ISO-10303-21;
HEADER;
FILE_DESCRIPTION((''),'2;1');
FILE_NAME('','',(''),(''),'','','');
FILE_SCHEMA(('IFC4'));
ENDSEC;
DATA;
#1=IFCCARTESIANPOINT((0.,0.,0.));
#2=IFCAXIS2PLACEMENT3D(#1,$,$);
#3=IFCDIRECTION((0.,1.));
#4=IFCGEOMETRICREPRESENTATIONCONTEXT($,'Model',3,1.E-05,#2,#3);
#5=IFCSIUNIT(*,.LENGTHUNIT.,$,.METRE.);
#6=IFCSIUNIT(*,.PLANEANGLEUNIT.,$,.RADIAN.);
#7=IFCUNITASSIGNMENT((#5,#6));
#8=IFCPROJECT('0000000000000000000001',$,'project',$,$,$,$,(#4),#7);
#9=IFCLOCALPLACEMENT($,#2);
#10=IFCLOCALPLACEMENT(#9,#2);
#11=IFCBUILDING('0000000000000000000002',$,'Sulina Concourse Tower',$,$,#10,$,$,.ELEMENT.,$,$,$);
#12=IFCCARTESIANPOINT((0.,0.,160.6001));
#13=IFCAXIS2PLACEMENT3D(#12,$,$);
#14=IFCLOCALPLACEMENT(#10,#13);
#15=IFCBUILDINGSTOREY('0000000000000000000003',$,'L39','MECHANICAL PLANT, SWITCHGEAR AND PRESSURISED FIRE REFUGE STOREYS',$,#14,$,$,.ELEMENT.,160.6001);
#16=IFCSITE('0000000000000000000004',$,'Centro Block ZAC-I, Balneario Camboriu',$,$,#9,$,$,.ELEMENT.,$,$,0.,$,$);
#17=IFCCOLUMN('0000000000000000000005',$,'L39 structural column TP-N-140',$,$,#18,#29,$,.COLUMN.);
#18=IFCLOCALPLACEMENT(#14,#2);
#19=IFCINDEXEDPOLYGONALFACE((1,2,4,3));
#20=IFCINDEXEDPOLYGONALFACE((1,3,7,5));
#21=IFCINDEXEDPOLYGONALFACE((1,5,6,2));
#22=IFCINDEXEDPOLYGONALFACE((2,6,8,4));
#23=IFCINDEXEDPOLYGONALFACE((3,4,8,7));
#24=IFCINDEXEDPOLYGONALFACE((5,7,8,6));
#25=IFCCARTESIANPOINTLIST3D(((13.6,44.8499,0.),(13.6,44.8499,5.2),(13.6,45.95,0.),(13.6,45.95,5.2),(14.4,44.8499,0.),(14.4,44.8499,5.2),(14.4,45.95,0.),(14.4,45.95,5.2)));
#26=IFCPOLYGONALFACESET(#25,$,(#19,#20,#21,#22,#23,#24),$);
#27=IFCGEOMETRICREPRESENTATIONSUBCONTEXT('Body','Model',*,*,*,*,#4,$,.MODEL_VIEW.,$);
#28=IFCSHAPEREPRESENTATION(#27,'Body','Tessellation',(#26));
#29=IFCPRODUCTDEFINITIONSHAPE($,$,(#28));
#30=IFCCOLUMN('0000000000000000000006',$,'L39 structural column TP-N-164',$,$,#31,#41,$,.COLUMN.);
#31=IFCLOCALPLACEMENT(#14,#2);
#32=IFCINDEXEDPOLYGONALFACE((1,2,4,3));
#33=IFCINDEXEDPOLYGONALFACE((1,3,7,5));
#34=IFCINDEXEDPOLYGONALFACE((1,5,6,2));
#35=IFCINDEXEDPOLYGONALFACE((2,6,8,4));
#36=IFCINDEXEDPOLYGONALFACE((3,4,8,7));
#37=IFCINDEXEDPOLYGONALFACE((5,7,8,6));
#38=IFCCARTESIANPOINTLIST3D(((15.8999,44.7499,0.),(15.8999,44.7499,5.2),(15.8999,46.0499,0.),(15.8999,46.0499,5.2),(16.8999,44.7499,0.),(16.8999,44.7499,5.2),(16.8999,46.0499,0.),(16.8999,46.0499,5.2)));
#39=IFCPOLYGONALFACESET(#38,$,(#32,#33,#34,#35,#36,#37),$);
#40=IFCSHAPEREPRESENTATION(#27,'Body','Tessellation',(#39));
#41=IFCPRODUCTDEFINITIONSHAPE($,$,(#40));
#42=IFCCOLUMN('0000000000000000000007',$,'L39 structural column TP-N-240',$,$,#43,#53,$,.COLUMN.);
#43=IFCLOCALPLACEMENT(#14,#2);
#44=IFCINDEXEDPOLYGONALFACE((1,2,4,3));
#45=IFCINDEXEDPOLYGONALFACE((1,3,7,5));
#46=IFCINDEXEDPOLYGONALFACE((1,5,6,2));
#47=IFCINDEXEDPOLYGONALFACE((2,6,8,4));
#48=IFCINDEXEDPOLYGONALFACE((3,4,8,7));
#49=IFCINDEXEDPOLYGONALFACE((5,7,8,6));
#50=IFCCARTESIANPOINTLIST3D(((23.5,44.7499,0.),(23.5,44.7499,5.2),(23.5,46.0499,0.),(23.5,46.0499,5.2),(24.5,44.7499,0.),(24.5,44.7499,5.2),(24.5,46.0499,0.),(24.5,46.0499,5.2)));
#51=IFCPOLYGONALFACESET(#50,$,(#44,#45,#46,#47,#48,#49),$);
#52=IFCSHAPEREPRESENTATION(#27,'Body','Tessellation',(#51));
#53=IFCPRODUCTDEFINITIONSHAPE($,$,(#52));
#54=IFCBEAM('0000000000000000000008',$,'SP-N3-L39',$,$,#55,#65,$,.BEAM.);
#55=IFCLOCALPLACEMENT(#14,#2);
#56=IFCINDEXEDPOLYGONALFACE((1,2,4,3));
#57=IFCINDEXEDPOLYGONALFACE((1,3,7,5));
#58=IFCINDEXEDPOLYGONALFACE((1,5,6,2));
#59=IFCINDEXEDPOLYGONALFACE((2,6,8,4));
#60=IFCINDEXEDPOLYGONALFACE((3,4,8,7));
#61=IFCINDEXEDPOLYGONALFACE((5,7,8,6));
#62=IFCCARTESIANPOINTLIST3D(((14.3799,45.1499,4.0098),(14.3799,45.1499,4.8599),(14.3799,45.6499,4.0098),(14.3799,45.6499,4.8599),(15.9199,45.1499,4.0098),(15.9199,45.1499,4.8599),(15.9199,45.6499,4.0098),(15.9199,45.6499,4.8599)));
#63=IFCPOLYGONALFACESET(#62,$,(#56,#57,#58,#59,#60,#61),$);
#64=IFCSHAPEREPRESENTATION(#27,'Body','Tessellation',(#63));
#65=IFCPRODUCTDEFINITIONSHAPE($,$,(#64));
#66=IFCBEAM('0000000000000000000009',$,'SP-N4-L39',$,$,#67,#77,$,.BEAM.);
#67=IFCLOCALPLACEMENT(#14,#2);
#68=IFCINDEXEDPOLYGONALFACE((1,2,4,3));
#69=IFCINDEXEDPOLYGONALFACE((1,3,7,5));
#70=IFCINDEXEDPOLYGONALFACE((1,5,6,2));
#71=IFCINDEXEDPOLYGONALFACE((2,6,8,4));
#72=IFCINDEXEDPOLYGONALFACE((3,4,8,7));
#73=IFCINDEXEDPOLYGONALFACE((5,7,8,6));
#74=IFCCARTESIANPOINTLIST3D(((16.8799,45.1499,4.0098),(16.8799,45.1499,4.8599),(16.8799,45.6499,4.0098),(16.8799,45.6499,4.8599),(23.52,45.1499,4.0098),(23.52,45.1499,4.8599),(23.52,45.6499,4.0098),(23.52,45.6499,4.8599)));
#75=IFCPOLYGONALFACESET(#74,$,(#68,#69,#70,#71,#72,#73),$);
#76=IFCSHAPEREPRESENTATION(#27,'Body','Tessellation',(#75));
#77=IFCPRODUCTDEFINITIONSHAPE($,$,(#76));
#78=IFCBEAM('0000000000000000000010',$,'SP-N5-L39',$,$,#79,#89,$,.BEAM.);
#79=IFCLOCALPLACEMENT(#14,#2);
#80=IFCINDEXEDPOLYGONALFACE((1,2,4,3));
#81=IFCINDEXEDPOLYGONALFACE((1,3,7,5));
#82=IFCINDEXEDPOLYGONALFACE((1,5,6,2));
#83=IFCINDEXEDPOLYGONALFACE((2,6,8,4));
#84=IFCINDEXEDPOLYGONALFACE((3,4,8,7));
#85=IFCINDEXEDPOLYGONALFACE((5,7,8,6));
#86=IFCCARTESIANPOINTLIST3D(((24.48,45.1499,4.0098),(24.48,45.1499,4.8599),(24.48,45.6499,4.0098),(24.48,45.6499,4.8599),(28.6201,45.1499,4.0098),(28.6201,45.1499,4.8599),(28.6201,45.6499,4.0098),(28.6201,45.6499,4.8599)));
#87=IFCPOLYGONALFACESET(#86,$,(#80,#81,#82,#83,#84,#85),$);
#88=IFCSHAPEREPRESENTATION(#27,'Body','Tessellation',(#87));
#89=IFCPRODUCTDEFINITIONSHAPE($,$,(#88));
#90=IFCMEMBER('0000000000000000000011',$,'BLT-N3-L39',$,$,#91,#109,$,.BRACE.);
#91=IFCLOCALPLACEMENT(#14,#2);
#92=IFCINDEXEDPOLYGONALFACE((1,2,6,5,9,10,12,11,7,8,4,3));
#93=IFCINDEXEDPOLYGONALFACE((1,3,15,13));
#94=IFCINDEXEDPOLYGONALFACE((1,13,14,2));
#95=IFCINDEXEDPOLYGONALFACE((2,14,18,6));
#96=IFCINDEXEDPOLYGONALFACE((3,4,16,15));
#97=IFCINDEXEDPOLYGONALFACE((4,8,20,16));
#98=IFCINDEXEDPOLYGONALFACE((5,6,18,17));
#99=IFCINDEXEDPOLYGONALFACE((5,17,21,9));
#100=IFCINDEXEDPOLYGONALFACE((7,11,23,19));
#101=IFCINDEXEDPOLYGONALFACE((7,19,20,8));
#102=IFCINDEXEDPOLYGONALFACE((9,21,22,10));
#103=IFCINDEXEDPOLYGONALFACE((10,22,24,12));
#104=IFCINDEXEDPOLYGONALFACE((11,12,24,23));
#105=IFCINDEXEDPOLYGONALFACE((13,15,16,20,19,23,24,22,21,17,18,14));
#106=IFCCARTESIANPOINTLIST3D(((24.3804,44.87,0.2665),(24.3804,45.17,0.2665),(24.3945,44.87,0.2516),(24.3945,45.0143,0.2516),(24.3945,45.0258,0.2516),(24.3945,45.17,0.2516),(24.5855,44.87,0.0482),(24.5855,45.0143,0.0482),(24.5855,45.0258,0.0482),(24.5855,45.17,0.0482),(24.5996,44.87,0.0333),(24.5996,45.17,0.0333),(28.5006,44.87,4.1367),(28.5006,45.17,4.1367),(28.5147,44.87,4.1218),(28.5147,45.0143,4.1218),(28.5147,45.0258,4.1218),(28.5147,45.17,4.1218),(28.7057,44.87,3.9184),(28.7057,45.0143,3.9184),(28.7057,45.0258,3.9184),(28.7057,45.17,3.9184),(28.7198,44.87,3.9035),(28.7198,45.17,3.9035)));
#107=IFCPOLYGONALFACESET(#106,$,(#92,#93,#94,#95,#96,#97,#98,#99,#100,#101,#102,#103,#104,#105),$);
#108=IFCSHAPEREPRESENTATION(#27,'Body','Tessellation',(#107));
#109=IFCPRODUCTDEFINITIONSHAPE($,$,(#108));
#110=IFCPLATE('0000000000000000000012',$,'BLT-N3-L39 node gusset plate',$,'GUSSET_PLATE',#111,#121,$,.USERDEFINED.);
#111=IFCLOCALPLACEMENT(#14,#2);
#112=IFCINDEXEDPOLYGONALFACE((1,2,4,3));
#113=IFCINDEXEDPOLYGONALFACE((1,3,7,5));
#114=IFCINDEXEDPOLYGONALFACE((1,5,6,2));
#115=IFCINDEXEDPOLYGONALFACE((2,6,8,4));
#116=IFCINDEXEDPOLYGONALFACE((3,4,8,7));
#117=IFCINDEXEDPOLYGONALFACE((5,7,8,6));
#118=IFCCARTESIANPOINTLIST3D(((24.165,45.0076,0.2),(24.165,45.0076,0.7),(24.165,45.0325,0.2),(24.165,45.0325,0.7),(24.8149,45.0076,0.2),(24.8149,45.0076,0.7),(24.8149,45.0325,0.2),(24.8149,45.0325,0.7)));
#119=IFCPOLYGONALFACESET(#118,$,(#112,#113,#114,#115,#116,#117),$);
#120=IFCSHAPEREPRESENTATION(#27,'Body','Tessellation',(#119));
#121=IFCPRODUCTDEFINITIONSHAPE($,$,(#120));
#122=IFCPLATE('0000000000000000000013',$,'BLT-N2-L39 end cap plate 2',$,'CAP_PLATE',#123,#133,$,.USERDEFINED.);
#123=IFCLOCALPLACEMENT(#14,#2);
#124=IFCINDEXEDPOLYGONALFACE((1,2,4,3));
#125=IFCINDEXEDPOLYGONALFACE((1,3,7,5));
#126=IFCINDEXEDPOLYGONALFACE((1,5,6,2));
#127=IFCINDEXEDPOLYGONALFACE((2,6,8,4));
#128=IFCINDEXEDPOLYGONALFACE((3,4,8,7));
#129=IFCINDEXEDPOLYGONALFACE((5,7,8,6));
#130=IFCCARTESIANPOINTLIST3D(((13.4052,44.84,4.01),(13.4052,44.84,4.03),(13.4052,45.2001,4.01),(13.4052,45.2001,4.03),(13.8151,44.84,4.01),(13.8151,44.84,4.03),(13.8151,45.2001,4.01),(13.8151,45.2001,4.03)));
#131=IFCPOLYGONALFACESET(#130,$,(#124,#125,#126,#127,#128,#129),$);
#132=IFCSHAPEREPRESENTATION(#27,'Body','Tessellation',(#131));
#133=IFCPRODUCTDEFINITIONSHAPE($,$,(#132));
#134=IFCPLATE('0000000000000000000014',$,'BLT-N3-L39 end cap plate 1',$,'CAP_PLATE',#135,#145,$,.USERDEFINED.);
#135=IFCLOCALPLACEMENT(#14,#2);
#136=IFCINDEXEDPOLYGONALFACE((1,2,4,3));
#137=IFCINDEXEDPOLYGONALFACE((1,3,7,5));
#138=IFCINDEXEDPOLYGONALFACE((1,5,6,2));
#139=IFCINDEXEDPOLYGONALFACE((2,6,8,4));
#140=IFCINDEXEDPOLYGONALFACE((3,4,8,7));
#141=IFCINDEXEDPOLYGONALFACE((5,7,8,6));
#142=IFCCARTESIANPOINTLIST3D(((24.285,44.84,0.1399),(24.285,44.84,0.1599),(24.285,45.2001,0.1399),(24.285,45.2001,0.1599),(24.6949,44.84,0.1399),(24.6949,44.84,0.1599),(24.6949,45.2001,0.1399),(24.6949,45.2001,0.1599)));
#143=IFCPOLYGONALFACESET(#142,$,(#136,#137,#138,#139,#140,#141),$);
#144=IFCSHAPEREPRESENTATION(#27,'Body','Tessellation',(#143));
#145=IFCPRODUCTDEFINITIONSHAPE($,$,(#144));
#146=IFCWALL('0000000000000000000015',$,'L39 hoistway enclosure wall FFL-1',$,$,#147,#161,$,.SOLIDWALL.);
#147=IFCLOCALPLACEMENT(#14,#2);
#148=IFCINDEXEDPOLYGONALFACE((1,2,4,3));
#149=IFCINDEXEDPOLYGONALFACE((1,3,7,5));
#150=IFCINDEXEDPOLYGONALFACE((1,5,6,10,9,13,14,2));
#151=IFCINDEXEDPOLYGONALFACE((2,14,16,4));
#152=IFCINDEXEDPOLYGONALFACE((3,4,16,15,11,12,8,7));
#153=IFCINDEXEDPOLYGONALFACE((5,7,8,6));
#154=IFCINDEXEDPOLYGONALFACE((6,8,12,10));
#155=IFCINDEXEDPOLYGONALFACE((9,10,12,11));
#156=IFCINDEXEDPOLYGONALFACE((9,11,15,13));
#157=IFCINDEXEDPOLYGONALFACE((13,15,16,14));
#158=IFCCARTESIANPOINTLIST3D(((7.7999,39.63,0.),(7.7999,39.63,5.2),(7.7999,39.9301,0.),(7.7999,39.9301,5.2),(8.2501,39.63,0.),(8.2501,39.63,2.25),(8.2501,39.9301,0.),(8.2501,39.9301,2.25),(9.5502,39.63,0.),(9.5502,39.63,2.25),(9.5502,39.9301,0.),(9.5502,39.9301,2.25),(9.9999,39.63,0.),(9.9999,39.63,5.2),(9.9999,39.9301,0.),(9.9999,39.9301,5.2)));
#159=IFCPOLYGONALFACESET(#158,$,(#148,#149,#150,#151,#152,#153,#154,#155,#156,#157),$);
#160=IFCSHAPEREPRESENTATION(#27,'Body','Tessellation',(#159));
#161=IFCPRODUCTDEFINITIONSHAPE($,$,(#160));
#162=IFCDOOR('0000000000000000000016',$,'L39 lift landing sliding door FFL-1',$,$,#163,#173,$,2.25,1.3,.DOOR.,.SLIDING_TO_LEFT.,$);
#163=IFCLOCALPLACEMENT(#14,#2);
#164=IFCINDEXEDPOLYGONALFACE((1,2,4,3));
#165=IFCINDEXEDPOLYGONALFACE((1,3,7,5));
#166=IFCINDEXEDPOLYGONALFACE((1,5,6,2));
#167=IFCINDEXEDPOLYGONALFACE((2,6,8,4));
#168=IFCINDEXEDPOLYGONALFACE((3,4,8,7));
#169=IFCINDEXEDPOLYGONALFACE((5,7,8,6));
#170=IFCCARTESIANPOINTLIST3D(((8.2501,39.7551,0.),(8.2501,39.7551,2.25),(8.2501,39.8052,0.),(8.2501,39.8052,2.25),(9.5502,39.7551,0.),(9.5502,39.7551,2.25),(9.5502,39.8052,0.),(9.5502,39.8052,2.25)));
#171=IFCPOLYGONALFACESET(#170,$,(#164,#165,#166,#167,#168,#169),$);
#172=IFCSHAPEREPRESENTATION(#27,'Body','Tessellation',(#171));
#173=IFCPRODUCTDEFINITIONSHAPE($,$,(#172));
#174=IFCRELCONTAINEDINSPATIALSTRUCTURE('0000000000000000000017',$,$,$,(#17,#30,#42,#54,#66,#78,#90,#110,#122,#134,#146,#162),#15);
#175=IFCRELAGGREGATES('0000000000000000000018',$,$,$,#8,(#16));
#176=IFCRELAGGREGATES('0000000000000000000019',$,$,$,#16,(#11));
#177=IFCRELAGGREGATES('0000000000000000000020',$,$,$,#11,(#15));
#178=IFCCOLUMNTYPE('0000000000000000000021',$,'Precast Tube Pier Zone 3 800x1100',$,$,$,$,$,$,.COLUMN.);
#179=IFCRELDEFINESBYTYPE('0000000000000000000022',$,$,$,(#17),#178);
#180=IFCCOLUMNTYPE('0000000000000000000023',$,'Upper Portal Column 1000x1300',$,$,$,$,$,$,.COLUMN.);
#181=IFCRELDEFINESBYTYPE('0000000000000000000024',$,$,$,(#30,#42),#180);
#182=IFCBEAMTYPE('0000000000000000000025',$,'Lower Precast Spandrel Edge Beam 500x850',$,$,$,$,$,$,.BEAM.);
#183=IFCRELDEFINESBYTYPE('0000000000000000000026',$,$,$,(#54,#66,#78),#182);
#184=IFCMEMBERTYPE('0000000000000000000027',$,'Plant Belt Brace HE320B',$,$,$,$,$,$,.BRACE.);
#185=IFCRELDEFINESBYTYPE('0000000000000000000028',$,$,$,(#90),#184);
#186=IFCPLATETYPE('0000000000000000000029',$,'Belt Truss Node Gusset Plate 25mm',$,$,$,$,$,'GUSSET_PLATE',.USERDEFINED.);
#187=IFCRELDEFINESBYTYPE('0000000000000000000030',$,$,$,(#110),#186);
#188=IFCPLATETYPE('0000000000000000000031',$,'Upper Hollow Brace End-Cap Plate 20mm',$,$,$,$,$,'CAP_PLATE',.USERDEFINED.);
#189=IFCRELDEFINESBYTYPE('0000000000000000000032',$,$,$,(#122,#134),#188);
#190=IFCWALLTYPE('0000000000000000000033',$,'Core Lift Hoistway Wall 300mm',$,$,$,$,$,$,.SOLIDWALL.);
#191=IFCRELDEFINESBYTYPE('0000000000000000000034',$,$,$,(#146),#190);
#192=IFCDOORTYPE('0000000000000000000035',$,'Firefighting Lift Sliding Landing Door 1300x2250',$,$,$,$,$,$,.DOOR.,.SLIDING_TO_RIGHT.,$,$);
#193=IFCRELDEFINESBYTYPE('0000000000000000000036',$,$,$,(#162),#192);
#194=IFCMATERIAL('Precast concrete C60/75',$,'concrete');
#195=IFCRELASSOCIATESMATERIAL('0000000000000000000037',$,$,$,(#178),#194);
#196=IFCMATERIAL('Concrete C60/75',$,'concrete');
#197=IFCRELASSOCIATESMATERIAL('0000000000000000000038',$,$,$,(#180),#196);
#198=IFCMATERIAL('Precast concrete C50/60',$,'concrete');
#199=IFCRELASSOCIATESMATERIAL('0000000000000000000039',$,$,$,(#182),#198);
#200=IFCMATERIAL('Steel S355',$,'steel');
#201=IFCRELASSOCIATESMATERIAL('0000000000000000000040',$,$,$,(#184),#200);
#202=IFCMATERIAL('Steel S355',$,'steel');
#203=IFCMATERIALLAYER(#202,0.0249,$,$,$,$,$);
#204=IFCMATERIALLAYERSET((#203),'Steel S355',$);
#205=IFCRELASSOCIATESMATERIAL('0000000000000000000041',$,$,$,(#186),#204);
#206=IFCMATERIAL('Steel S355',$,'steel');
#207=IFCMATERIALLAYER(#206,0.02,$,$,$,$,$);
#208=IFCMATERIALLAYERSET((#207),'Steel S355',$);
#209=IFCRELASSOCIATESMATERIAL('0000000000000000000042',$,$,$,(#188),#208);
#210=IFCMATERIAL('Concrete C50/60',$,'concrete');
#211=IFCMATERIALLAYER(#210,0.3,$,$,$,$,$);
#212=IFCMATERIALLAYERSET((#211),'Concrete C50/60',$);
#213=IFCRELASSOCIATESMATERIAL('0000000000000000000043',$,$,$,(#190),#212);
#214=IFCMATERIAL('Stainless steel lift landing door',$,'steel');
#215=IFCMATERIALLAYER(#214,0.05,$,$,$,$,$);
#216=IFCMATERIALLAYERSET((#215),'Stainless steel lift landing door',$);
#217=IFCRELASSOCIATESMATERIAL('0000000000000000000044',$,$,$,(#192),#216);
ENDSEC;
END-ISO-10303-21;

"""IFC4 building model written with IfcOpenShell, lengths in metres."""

from ifc_helpers import new_model, si_unit, direction, frame, frame_2d, origin, origin_2d, place, context, subcontext, project, spatial, rectangle, i_section, extrude, material, layer, layer_set, material_profile, profile_set, type_object, element, fill, save


model = new_model("IFC4")

# Units and contexts
model_context = context("Model", 3, precision=1e-05, world=origin(), true_north=direction((0.0, 1.0)))
body_context = subcontext(model_context, "Body", "Model", "MODEL_VIEW")
ifc_project = project(units=[si_unit("LENGTHUNIT", "METRE"), si_unit("PLANEANGLEUNIT", "RADIAN")], contexts=[model_context])

# Site, building, storey
site_placement = place(None, origin())
site = spatial("IfcSite", under=ifc_project, at=site_placement, Name="Centro Block ZAC-I, Balneario Camboriu", CompositionType="ELEMENT", RefElevation=0.0)
building_placement = place(site_placement, origin())
building = spatial("IfcBuilding", under=site, at=building_placement, Name="Sulina Concourse Tower", CompositionType="ELEMENT")
storey_placement = place(building_placement, frame((0.0, 0.0, 160.6001)))
storey = spatial("IfcBuildingStorey", under=building, at=storey_placement, Name="L39", Description="MECHANICAL PLANT, SWITCHGEAR AND PRESSURISED FIRE REFUGE STOREYS", CompositionType="ELEMENT", Elevation=160.6001)

# Columns
ifc_material_1 = material(Name="Precast concrete C60/75", Category="concrete")
ifc_material_profile_1 = material_profile(ifc_material_1, rectangle(XDim=0.8, YDim=1.1001, at=origin_2d()), Name="PC 800x1100")
ifc_profile_set_1 = profile_set([ifc_material_profile_1], Name="Precast concrete C60/75")
column_type_1 = type_object("IfcColumnType", Name="Precast Tube Pier Zone 3 800x1100", PredefinedType="COLUMN", material=ifc_profile_set_1)
column_placement = place(storey_placement, frame((14.0, 45.3999, 0.0), z_axis=(0.0, 0.0, 1.0), x_axis=(1.0, 0.0, 0.0)))
element("IfcColumn", 1, at=column_placement, inside=storey, type_object=column_type_1, Name="L39 structural column TP-N-140", PredefinedType="COLUMN", context=body_context, shape_type="SweptSolid", body=[
    extrude(rectangle(XDim=0.8, YDim=1.1001, at=origin_2d()), origin(), (0.0, 0.0, 1.0), 5.2),
])
ifc_material_2 = material(Name="Concrete C60/75", Category="concrete")
ifc_material_profile_2 = material_profile(ifc_material_2, rectangle(XDim=1.0, YDim=1.3, at=origin_2d()), Name="RC 1000x1300")
ifc_profile_set_2 = profile_set([ifc_material_profile_2], Name="Concrete C60/75")
column_type_2 = type_object("IfcColumnType", Name="Upper Portal Column 1000x1300", PredefinedType="COLUMN", material=ifc_profile_set_2)
for number, where, z_axis, x_axis, name in (
    (2, (16.3999, 45.3999, 0.0), (0.0, 0.0, 1.0), (1.0, 0.0, 0.0), "L39 structural column TP-N-164"),
    (3, (24.0, 45.3999, 0.0), (0.0, 0.0, 1.0), (1.0, 0.0, 0.0), "L39 structural column TP-N-240"),
):
    element("IfcColumn", number, at=place(storey_placement, frame(where, z_axis=z_axis, x_axis=x_axis)), inside=storey, type_object=column_type_2, Name=name, PredefinedType="COLUMN", context=body_context, shape_type="SweptSolid", body=[
        extrude(rectangle(XDim=1.0, YDim=1.3, at=origin_2d()), origin(), (0.0, 0.0, 1.0), 5.2),
    ])

# Beams
ifc_material_3 = material(Name="Precast concrete C50/60", Category="concrete")
ifc_material_profile_3 = material_profile(ifc_material_3, rectangle(XDim=0.5, YDim=0.8501, at=origin_2d()), Name="RC 500x850")
ifc_profile_set_3 = profile_set([ifc_material_profile_3], Name="Precast concrete C50/60")
beam_type = type_object("IfcBeamType", Name="Lower Precast Spandrel Edge Beam 500x850", PredefinedType="BEAM", material=ifc_profile_set_3)
beam_1_placement = place(storey_placement, frame((14.3799, 45.3999, 4.4348), z_axis=(1.0, 0.0, 0.0), x_axis=(0.0, 1.0, 0.0)))
element("IfcBeam", 4, at=beam_1_placement, inside=storey, type_object=beam_type, Name="SP-N3-L39", PredefinedType="BEAM", context=body_context, shape_type="SweptSolid", body=[
    extrude(rectangle(XDim=0.5, YDim=0.8501, at=origin_2d()), origin(), (0.0, 0.0, 1.0), 1.54),
])
beam_2_placement = place(storey_placement, frame((16.8799, 45.3999, 4.4348), z_axis=(1.0, 0.0, 0.0), x_axis=(0.0, 1.0, 0.0)))
element("IfcBeam", 5, at=beam_2_placement, inside=storey, type_object=beam_type, Name="SP-N4-L39", PredefinedType="BEAM", context=body_context, shape_type="SweptSolid", body=[
    extrude(rectangle(XDim=0.5, YDim=0.8501, at=origin_2d()), origin(), (0.0, 0.0, 1.0), 6.6401),
])
beam_3_placement = place(storey_placement, frame((24.48, 45.3999, 4.4348), z_axis=(1.0, 0.0, 0.0), x_axis=(0.0, 1.0, 0.0)))
element("IfcBeam", 6, at=beam_3_placement, inside=storey, type_object=beam_type, Name="SP-N5-L39", PredefinedType="BEAM", context=body_context, shape_type="SweptSolid", body=[
    extrude(rectangle(XDim=0.5, YDim=0.8501, at=origin_2d()), origin(), (0.0, 0.0, 1.0), 4.1401),
])

# Member
ifc_material_4 = material(Name="Steel S355", Category="steel")
ifc_material_profile_4 = material_profile(ifc_material_4, i_section(OverallWidth=0.3, OverallDepth=0.3201, WebThickness=0.0115, FlangeThickness=0.0205, at=origin_2d()), Name="HE 320 B")
ifc_profile_set_4 = profile_set([ifc_material_profile_4], Name="Steel S355")
member_type = type_object("IfcMemberType", Name="Plant Belt Brace HE320B", PredefinedType="BRACE", material=ifc_profile_set_4)
member_placement = place(storey_placement, frame((24.49, 45.02, 0.1499), z_axis=(0.728874, 0.0, 0.684648), x_axis=(0.0, 1.0, 0.0)))
element("IfcMember", 7, at=member_placement, inside=storey, type_object=member_type, Name="BLT-N3-L39", PredefinedType="BRACE", context=body_context, shape_type="SweptSolid", body=[
    extrude(i_section(OverallWidth=0.3, OverallDepth=0.3201, WebThickness=0.0115, FlangeThickness=0.0205, at=origin_2d()), origin(), (0.0, 0.0, 1.0), 5.6528),
])

# Plates
ifc_material_5 = material(Name="Steel S355", Category="steel")
ifc_layer_1 = layer(ifc_material_5, 0.0249)
ifc_layer_set_1 = layer_set([ifc_layer_1], Name="Steel S355")
plate_type_1 = type_object("IfcPlateType", Name="Belt Truss Node Gusset Plate 25mm", ElementType="GUSSET_PLATE", PredefinedType="USERDEFINED", material=ifc_layer_set_1)
plate_placement = place(storey_placement, frame((24.49, 45.02, 0.2), z_axis=(0.0, 0.0, 1.0), x_axis=(1.0, 0.0, 0.0)))
element("IfcPlate", 8, at=plate_placement, inside=storey, type_object=plate_type_1, Name="BLT-N3-L39 node gusset plate", ObjectType="GUSSET_PLATE", PredefinedType="USERDEFINED", context=body_context, shape_type="SweptSolid", body=[
    extrude(rectangle(XDim=0.6499, YDim=0.0249, at=origin_2d()), origin(), (0.0, 0.0, 1.0), 0.5),
])
ifc_material_6 = material(Name="Steel S355", Category="steel")
ifc_layer_2 = layer(ifc_material_6, 0.02)
ifc_layer_set_2 = layer_set([ifc_layer_2], Name="Steel S355")
plate_type_2 = type_object("IfcPlateType", Name="Upper Hollow Brace End-Cap Plate 20mm", ElementType="CAP_PLATE", PredefinedType="USERDEFINED", material=ifc_layer_set_2)
for number, where, z_axis, x_axis, name in (
    (9, (13.6101, 45.02, 4.01), (0.0, 0.0, 1.0), (1.0, 0.0, 0.0), "BLT-N2-L39 end cap plate 2"),
    (10, (24.49, 45.02, 0.1399), (0.0, 0.0, 1.0), (1.0, 0.0, 0.0), "BLT-N3-L39 end cap plate 1"),
):
    element("IfcPlate", number, at=place(storey_placement, frame(where, z_axis=z_axis, x_axis=x_axis)), inside=storey, type_object=plate_type_2, Name=name, ObjectType="CAP_PLATE", PredefinedType="USERDEFINED", context=body_context, shape_type="SweptSolid", body=[
        extrude(rectangle(XDim=0.4099, YDim=0.3601, at=origin_2d()), origin(), (0.0, 0.0, 1.0), 0.02),
    ])

# Wall, opening, door
ifc_material_7 = material(Name="Concrete C50/60", Category="concrete")
ifc_layer_3 = layer(ifc_material_7, 0.3)
ifc_layer_set_3 = layer_set([ifc_layer_3], Name="Concrete C50/60")
wall_type_1 = type_object("IfcWallType", Name="Core Lift Hoistway Wall 300mm", PredefinedType="SOLIDWALL", material=ifc_layer_set_3)
wall_1_placement = place(storey_placement, frame((10.0, 39.78, 0.0), z_axis=(0.0, 0.0, 1.0), x_axis=(-1.0, 0.0, 0.0)))
wall_1 = element("IfcWall", 11, at=wall_1_placement, inside=storey, type_object=wall_type_1, Name="L39 hoistway enclosure wall FFL-1", PredefinedType="SOLIDWALL", context=body_context, shape_type="SweptSolid", body=[
    extrude(rectangle(XDim=2.2, YDim=0.3, at=frame_2d((1.1001, 0.0))), origin(), (0.0, 0.0, 1.0), 5.2),
])
opening_1_placement = place(wall_1_placement, frame((0.45, 0.0, 0.0)))
opening_1 = element("IfcOpeningElement", 12, at=opening_1_placement, cuts=wall_1, PredefinedType="OPENING", context=body_context, shape_type="SweptSolid", body=[
    extrude(rectangle(XDim=1.3, YDim=2.25, at=frame_2d((0.6499, 1.125))), frame((0.0, 0.1599, 0.0), z_axis=(0.0, -1.0, 0.0), x_axis=(1.0, 0.0, 0.0)), (0.0, 0.0, 1.0), 0.3201),
])
ifc_material_8 = material(Name="Stainless steel lift landing door", Category="steel")
ifc_layer_4 = layer(ifc_material_8, 0.05)
ifc_layer_set_4 = layer_set([ifc_layer_4], Name="Stainless steel lift landing door")
door_type = type_object("IfcDoorType", Name="Firefighting Lift Sliding Landing Door 1300x2250", OperationType="SLIDING_TO_RIGHT", PredefinedType="DOOR", material=ifc_layer_set_4)
door_1_placement = place(opening_1_placement, origin())
door_1 = element("IfcDoor", 13, at=door_1_placement, inside=storey, type_object=door_type, Name="L39 lift landing sliding door FFL-1", OperationType="SLIDING_TO_LEFT", OverallHeight=2.25, OverallWidth=1.3, PredefinedType="DOOR", context=body_context, shape_type="SweptSolid", body=[
    extrude(rectangle(XDim=1.3, YDim=2.25, at=frame_2d((0.6499, 1.125))), frame((0.0, 0.0249, 0.0), z_axis=(0.0, -1.0, 0.0), x_axis=(1.0, 0.0, 0.0)), (0.0, 0.0, 1.0), 0.05),
])
fill(opening_1, door_1)

save(model, "model.ifc")
